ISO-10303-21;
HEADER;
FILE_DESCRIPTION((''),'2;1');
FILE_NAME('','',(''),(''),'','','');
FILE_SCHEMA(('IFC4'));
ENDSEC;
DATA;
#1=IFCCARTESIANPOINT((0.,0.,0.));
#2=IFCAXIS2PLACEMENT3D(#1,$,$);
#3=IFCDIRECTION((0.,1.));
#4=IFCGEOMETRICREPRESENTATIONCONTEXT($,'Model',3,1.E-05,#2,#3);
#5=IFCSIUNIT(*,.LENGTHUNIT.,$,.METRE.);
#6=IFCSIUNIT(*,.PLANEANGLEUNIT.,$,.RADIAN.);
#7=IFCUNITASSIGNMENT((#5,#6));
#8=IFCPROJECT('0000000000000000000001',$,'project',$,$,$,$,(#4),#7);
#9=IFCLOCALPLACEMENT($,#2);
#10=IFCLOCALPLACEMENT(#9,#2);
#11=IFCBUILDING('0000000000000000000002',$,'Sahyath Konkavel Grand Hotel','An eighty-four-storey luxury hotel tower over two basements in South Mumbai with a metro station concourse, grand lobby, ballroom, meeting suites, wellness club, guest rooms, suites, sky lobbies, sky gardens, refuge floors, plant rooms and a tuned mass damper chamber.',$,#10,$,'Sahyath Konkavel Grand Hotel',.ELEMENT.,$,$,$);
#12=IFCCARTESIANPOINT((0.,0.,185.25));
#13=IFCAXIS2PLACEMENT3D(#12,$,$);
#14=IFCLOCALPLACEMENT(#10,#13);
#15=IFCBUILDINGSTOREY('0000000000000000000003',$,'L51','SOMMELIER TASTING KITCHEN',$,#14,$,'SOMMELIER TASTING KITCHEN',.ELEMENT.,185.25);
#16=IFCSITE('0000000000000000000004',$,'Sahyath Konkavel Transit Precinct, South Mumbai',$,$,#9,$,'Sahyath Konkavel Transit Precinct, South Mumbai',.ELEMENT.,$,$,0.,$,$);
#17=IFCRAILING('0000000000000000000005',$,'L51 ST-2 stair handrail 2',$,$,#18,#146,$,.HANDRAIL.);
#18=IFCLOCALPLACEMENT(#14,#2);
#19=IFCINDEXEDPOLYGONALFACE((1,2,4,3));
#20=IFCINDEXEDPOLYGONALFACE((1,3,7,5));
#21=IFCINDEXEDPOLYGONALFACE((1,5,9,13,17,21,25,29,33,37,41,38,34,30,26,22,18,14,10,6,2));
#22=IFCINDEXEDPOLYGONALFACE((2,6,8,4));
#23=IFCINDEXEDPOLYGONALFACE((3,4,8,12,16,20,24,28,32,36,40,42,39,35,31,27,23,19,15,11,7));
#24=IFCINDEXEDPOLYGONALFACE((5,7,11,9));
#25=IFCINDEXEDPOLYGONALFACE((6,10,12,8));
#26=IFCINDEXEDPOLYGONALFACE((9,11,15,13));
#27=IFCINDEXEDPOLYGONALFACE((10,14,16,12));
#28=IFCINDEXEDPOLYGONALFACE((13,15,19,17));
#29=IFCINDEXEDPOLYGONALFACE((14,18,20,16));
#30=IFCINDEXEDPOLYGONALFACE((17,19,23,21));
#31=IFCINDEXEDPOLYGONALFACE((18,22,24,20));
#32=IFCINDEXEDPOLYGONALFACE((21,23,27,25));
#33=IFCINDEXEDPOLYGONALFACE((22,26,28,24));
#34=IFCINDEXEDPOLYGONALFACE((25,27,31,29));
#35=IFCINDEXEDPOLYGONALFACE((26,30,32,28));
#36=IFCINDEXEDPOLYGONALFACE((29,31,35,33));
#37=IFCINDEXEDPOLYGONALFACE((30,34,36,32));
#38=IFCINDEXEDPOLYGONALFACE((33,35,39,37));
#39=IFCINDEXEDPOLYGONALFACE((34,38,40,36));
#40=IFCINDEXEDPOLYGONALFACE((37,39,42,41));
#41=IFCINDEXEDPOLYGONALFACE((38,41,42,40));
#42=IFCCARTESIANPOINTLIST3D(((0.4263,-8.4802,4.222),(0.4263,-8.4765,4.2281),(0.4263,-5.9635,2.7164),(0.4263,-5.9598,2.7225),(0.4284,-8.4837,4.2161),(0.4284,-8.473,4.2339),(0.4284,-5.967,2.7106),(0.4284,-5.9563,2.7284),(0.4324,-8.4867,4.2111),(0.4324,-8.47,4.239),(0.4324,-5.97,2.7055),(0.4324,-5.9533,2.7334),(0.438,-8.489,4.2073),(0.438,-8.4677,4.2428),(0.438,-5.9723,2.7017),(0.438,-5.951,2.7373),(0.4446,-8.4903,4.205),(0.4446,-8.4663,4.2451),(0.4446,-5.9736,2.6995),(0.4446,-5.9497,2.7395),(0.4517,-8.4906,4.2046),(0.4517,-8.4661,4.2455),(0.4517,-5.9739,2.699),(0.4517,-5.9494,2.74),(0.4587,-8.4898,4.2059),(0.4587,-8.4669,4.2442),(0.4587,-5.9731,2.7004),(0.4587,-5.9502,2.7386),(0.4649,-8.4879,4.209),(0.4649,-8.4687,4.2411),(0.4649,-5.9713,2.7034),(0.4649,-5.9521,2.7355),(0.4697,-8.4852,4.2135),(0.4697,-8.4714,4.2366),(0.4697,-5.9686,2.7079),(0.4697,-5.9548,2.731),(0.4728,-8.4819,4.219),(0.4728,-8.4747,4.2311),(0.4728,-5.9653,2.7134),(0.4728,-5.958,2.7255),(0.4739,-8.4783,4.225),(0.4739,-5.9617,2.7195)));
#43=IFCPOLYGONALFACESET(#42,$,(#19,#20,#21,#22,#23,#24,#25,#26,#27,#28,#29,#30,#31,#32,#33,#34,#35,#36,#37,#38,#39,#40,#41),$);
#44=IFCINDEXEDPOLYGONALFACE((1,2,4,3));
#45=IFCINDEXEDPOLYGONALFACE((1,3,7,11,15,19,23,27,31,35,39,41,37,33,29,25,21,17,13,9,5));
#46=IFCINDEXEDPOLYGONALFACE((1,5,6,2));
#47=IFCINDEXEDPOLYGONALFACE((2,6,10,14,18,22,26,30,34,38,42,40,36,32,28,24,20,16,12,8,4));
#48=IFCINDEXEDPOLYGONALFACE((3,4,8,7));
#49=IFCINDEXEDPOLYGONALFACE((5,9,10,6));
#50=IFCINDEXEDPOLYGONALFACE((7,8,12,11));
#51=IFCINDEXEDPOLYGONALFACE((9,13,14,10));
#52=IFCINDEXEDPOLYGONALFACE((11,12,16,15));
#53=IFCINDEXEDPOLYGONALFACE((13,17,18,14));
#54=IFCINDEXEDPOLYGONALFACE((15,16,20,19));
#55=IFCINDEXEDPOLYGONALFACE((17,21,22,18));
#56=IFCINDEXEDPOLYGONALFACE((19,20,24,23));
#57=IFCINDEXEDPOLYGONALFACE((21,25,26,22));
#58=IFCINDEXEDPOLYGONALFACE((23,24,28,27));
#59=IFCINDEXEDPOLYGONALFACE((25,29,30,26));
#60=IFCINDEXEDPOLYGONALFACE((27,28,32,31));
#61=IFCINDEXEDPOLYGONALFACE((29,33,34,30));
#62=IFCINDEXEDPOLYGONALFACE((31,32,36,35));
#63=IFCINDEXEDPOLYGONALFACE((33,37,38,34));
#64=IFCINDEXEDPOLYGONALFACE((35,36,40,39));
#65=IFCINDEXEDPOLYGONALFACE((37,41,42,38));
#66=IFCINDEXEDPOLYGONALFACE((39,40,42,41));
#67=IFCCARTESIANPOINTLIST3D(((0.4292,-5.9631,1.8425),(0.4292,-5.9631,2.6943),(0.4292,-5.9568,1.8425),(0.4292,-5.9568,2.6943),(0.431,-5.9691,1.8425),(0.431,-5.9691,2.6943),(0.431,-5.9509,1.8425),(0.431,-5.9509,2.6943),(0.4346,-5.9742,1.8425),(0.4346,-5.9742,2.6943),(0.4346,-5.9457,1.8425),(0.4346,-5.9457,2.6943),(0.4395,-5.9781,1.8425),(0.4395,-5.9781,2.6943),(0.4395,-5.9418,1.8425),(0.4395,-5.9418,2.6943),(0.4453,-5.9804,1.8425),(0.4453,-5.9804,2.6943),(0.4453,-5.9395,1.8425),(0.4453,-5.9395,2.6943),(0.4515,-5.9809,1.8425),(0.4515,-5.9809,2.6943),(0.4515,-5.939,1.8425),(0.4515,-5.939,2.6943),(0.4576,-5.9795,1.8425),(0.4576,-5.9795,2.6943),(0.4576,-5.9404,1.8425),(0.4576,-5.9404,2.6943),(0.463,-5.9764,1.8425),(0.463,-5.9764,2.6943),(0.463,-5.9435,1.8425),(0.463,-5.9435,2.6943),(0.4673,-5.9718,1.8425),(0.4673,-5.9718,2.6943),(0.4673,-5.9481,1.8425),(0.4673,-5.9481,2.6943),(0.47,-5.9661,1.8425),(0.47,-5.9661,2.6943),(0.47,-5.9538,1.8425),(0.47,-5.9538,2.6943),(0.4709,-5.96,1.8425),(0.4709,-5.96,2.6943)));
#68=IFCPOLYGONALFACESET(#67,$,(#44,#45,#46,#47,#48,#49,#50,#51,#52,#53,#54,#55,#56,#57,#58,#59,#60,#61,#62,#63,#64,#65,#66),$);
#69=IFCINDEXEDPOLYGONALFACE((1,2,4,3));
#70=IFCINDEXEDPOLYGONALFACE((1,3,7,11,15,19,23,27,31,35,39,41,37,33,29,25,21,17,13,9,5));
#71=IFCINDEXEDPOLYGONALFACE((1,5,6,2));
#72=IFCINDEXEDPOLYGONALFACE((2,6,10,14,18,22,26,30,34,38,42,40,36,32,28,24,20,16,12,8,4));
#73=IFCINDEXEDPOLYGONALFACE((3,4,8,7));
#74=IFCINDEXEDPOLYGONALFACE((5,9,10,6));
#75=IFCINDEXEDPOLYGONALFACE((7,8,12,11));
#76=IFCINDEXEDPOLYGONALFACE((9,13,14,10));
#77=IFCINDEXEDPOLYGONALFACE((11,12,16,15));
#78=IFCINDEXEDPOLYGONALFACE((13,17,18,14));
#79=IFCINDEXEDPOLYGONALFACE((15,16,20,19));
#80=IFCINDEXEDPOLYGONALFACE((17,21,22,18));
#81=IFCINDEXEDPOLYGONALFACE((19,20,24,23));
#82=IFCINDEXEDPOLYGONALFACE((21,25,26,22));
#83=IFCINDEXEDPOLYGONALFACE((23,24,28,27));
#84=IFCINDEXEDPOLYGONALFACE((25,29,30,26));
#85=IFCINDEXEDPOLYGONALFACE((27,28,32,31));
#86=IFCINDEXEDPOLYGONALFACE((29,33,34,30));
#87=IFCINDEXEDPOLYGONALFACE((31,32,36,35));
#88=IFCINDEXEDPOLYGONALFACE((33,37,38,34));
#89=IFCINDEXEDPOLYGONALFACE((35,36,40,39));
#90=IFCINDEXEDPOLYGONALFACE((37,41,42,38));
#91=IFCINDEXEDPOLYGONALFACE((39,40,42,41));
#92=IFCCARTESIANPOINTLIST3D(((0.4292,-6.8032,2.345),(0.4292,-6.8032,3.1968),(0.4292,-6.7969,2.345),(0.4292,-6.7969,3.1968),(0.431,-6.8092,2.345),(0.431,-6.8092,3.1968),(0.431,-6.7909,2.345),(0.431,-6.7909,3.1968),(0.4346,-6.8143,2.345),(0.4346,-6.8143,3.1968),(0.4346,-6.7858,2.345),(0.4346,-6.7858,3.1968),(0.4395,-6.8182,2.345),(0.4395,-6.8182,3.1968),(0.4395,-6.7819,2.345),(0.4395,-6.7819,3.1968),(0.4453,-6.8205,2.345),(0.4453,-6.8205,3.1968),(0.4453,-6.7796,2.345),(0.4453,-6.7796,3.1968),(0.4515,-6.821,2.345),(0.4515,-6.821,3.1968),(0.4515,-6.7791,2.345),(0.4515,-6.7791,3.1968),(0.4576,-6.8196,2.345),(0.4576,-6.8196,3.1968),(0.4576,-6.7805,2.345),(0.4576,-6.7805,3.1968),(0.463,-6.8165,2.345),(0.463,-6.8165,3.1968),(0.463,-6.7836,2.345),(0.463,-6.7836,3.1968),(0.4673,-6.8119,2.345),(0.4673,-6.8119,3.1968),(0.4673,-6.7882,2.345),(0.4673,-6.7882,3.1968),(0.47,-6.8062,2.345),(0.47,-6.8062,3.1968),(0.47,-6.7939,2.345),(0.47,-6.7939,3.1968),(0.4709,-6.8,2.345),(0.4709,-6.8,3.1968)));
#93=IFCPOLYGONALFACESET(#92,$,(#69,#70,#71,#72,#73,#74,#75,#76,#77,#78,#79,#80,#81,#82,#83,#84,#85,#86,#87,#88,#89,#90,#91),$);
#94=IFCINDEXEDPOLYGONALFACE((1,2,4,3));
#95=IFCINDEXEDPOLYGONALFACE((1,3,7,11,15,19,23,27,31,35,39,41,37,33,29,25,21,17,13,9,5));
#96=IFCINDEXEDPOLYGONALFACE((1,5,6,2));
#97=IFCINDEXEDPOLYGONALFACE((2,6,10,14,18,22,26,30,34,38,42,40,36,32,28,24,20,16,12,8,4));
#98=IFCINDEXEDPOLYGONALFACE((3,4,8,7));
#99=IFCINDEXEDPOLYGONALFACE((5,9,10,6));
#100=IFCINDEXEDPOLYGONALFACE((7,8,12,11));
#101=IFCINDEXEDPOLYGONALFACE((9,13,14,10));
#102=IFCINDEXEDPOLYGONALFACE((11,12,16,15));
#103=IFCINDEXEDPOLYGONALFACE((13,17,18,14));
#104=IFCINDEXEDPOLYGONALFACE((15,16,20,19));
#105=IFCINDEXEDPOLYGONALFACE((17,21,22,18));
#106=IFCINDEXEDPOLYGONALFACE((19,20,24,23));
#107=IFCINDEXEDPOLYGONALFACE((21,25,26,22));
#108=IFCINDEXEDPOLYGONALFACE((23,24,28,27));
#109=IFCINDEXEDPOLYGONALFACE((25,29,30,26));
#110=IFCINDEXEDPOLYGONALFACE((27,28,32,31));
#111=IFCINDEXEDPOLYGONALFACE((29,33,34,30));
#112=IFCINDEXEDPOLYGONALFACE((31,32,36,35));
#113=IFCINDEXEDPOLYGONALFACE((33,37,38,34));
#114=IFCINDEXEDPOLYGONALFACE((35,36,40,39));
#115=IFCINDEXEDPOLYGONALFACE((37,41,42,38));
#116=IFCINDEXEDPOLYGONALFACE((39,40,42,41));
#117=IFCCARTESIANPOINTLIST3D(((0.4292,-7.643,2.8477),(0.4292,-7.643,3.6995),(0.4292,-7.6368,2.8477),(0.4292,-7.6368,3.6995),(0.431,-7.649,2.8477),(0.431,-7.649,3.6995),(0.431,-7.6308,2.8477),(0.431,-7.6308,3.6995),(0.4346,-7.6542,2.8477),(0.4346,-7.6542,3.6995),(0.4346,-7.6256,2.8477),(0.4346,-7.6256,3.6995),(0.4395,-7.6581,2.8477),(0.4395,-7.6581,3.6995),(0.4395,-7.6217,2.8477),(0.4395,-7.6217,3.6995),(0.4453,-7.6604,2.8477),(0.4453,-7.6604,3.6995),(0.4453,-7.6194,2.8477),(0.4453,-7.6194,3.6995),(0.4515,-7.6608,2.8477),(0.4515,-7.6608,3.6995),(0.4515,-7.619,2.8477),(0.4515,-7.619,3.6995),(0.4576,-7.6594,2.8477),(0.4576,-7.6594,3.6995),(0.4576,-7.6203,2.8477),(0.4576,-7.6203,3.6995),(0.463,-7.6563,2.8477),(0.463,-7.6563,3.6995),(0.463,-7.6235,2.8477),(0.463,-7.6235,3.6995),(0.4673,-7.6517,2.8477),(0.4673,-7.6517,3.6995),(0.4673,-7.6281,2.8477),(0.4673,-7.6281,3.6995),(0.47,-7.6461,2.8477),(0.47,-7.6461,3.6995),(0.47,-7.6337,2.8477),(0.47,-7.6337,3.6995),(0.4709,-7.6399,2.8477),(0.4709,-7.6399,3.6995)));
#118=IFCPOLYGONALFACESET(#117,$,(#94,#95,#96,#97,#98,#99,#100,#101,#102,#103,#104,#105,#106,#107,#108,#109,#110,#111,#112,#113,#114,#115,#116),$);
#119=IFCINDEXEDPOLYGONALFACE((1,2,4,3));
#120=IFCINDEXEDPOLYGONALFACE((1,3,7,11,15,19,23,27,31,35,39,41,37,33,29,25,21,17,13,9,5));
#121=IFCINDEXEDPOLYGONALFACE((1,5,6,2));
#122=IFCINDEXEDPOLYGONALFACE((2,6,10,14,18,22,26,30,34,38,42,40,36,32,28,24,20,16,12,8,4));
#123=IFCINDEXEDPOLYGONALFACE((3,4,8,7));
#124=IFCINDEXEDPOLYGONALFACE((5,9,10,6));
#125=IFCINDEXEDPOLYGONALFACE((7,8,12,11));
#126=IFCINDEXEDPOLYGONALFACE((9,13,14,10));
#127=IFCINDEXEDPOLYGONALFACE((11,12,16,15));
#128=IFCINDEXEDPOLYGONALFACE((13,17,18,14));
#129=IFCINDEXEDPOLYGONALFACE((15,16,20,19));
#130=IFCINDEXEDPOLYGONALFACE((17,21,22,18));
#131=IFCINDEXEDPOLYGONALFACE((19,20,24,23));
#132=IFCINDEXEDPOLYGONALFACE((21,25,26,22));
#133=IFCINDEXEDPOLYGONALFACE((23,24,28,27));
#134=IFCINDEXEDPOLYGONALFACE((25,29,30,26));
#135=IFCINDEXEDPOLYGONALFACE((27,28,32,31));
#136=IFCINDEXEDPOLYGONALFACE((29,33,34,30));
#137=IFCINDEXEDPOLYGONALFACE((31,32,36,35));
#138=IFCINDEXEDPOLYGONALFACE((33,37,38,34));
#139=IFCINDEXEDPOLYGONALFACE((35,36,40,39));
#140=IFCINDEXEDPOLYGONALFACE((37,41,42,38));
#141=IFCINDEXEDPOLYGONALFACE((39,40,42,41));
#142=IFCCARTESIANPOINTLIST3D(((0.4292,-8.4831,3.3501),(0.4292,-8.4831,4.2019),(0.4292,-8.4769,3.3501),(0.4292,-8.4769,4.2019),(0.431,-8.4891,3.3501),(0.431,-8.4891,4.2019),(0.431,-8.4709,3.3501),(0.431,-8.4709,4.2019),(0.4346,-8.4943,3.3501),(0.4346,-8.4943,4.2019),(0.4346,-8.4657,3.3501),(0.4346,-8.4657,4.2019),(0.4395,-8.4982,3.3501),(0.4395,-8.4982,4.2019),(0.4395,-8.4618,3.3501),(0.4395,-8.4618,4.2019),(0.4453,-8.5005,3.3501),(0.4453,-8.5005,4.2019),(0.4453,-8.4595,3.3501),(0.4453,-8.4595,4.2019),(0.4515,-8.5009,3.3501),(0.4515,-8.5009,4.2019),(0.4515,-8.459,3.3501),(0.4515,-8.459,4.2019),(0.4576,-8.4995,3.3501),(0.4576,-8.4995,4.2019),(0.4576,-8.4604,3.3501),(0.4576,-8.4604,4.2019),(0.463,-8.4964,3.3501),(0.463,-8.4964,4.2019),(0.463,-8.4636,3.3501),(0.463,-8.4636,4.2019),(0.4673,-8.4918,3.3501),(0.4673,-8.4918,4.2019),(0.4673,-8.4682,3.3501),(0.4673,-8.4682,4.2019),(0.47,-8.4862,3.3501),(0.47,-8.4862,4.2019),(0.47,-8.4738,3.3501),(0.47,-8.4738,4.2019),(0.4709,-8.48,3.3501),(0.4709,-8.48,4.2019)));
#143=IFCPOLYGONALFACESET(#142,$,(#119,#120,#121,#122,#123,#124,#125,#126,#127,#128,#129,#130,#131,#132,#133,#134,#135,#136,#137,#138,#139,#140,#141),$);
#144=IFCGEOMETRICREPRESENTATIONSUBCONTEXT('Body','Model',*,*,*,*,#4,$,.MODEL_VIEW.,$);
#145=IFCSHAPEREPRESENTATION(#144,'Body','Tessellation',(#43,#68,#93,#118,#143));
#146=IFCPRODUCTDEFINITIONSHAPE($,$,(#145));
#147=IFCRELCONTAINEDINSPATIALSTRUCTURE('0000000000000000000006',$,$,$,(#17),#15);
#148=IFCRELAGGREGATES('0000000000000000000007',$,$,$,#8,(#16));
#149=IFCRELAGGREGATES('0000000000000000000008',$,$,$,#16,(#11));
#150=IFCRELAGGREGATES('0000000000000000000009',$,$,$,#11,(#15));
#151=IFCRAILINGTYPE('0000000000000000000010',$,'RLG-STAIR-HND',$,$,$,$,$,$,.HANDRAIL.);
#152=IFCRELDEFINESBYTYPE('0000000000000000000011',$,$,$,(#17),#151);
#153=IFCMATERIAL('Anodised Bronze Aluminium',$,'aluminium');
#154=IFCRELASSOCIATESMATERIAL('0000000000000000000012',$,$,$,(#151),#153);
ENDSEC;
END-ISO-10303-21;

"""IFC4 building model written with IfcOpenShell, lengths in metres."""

from ifc_helpers import new_model, si_unit, direction, frame, origin, origin_2d, place, context, subcontext, project, spatial, circle, extrude, material, type_object, element, save


model = new_model("IFC4")

# Units and contexts
model_context = context("Model", 3, precision=1e-05, world=origin(), true_north=direction((0.0, 1.0)))
body_context = subcontext(model_context, "Body", "Model", "MODEL_VIEW")
ifc_project = project(units=[si_unit("LENGTHUNIT", "METRE"), si_unit("PLANEANGLEUNIT", "RADIAN")], contexts=[model_context])

# Site, building, storey
site_placement = place(None, origin())
site = spatial("IfcSite", under=ifc_project, at=site_placement, Name="Sahyath Konkavel Transit Precinct, South Mumbai", LongName="Sahyath Konkavel Transit Precinct, South Mumbai", CompositionType="ELEMENT", RefElevation=0.0)
building_placement = place(site_placement, origin())
building = spatial("IfcBuilding", under=site, at=building_placement, Name="Sahyath Konkavel Grand Hotel", Description="An eighty-four-storey luxury hotel tower over two basements in South Mumbai with a metro station concourse, grand lobby, ballroom, meeting suites, wellness club, guest rooms, suites, sky lobbies, sky gardens, refuge floors, plant rooms and a tuned mass damper chamber.", LongName="Sahyath Konkavel Grand Hotel", CompositionType="ELEMENT")
storey_placement = place(building_placement, frame((0.0, 0.0, 185.25)))
storey = spatial("IfcBuildingStorey", under=building, at=storey_placement, Name="L51", Description="SOMMELIER TASTING KITCHEN", LongName="SOMMELIER TASTING KITCHEN", CompositionType="ELEMENT", Elevation=185.25)

# Railing
ifc_material_1 = material(Name="Anodised Bronze Aluminium", Category="aluminium")
railing_type_1 = type_object("IfcRailingType", Name="RLG-STAIR-HND", PredefinedType="HANDRAIL", material=ifc_material_1)
railing_1_placement = place(storey_placement, frame((0.45, -5.96, 1.8425)))
element("IfcRailing", 1, at=railing_1_placement, inside=storey, type_object=railing_type_1, Name="L51 ST-2 stair handrail 2", PredefinedType="HANDRAIL", context=body_context, shape_type="SweptSolid", body=[
    extrude(circle(Radius=0.0239, at=origin_2d()), frame((0.0, -0.0017, 0.877), z_axis=(0.0, -0.85816, 0.513383), x_axis=(1.0, 0.0, 0.0)), (0.0, 0.0, 1.0), 2.9326),
    extrude(circle(Radius=0.021, at=origin_2d()), origin(), (0.0, 0.0, 1.0), 0.8518),
    extrude(circle(Radius=0.021, at=origin_2d()), frame((0.0, -0.8401, 0.5024)), (0.0, 0.0, 1.0), 0.8518),
    extrude(circle(Radius=0.021, at=origin_2d()), frame((0.0, -1.6799, 1.0051)), (0.0, 0.0, 1.0), 0.8518),
    extrude(circle(Radius=0.021, at=origin_2d()), frame((0.0, -2.52, 1.5076)), (0.0, 0.0, 1.0), 0.8518),
])

save(model, "model.ifc")
